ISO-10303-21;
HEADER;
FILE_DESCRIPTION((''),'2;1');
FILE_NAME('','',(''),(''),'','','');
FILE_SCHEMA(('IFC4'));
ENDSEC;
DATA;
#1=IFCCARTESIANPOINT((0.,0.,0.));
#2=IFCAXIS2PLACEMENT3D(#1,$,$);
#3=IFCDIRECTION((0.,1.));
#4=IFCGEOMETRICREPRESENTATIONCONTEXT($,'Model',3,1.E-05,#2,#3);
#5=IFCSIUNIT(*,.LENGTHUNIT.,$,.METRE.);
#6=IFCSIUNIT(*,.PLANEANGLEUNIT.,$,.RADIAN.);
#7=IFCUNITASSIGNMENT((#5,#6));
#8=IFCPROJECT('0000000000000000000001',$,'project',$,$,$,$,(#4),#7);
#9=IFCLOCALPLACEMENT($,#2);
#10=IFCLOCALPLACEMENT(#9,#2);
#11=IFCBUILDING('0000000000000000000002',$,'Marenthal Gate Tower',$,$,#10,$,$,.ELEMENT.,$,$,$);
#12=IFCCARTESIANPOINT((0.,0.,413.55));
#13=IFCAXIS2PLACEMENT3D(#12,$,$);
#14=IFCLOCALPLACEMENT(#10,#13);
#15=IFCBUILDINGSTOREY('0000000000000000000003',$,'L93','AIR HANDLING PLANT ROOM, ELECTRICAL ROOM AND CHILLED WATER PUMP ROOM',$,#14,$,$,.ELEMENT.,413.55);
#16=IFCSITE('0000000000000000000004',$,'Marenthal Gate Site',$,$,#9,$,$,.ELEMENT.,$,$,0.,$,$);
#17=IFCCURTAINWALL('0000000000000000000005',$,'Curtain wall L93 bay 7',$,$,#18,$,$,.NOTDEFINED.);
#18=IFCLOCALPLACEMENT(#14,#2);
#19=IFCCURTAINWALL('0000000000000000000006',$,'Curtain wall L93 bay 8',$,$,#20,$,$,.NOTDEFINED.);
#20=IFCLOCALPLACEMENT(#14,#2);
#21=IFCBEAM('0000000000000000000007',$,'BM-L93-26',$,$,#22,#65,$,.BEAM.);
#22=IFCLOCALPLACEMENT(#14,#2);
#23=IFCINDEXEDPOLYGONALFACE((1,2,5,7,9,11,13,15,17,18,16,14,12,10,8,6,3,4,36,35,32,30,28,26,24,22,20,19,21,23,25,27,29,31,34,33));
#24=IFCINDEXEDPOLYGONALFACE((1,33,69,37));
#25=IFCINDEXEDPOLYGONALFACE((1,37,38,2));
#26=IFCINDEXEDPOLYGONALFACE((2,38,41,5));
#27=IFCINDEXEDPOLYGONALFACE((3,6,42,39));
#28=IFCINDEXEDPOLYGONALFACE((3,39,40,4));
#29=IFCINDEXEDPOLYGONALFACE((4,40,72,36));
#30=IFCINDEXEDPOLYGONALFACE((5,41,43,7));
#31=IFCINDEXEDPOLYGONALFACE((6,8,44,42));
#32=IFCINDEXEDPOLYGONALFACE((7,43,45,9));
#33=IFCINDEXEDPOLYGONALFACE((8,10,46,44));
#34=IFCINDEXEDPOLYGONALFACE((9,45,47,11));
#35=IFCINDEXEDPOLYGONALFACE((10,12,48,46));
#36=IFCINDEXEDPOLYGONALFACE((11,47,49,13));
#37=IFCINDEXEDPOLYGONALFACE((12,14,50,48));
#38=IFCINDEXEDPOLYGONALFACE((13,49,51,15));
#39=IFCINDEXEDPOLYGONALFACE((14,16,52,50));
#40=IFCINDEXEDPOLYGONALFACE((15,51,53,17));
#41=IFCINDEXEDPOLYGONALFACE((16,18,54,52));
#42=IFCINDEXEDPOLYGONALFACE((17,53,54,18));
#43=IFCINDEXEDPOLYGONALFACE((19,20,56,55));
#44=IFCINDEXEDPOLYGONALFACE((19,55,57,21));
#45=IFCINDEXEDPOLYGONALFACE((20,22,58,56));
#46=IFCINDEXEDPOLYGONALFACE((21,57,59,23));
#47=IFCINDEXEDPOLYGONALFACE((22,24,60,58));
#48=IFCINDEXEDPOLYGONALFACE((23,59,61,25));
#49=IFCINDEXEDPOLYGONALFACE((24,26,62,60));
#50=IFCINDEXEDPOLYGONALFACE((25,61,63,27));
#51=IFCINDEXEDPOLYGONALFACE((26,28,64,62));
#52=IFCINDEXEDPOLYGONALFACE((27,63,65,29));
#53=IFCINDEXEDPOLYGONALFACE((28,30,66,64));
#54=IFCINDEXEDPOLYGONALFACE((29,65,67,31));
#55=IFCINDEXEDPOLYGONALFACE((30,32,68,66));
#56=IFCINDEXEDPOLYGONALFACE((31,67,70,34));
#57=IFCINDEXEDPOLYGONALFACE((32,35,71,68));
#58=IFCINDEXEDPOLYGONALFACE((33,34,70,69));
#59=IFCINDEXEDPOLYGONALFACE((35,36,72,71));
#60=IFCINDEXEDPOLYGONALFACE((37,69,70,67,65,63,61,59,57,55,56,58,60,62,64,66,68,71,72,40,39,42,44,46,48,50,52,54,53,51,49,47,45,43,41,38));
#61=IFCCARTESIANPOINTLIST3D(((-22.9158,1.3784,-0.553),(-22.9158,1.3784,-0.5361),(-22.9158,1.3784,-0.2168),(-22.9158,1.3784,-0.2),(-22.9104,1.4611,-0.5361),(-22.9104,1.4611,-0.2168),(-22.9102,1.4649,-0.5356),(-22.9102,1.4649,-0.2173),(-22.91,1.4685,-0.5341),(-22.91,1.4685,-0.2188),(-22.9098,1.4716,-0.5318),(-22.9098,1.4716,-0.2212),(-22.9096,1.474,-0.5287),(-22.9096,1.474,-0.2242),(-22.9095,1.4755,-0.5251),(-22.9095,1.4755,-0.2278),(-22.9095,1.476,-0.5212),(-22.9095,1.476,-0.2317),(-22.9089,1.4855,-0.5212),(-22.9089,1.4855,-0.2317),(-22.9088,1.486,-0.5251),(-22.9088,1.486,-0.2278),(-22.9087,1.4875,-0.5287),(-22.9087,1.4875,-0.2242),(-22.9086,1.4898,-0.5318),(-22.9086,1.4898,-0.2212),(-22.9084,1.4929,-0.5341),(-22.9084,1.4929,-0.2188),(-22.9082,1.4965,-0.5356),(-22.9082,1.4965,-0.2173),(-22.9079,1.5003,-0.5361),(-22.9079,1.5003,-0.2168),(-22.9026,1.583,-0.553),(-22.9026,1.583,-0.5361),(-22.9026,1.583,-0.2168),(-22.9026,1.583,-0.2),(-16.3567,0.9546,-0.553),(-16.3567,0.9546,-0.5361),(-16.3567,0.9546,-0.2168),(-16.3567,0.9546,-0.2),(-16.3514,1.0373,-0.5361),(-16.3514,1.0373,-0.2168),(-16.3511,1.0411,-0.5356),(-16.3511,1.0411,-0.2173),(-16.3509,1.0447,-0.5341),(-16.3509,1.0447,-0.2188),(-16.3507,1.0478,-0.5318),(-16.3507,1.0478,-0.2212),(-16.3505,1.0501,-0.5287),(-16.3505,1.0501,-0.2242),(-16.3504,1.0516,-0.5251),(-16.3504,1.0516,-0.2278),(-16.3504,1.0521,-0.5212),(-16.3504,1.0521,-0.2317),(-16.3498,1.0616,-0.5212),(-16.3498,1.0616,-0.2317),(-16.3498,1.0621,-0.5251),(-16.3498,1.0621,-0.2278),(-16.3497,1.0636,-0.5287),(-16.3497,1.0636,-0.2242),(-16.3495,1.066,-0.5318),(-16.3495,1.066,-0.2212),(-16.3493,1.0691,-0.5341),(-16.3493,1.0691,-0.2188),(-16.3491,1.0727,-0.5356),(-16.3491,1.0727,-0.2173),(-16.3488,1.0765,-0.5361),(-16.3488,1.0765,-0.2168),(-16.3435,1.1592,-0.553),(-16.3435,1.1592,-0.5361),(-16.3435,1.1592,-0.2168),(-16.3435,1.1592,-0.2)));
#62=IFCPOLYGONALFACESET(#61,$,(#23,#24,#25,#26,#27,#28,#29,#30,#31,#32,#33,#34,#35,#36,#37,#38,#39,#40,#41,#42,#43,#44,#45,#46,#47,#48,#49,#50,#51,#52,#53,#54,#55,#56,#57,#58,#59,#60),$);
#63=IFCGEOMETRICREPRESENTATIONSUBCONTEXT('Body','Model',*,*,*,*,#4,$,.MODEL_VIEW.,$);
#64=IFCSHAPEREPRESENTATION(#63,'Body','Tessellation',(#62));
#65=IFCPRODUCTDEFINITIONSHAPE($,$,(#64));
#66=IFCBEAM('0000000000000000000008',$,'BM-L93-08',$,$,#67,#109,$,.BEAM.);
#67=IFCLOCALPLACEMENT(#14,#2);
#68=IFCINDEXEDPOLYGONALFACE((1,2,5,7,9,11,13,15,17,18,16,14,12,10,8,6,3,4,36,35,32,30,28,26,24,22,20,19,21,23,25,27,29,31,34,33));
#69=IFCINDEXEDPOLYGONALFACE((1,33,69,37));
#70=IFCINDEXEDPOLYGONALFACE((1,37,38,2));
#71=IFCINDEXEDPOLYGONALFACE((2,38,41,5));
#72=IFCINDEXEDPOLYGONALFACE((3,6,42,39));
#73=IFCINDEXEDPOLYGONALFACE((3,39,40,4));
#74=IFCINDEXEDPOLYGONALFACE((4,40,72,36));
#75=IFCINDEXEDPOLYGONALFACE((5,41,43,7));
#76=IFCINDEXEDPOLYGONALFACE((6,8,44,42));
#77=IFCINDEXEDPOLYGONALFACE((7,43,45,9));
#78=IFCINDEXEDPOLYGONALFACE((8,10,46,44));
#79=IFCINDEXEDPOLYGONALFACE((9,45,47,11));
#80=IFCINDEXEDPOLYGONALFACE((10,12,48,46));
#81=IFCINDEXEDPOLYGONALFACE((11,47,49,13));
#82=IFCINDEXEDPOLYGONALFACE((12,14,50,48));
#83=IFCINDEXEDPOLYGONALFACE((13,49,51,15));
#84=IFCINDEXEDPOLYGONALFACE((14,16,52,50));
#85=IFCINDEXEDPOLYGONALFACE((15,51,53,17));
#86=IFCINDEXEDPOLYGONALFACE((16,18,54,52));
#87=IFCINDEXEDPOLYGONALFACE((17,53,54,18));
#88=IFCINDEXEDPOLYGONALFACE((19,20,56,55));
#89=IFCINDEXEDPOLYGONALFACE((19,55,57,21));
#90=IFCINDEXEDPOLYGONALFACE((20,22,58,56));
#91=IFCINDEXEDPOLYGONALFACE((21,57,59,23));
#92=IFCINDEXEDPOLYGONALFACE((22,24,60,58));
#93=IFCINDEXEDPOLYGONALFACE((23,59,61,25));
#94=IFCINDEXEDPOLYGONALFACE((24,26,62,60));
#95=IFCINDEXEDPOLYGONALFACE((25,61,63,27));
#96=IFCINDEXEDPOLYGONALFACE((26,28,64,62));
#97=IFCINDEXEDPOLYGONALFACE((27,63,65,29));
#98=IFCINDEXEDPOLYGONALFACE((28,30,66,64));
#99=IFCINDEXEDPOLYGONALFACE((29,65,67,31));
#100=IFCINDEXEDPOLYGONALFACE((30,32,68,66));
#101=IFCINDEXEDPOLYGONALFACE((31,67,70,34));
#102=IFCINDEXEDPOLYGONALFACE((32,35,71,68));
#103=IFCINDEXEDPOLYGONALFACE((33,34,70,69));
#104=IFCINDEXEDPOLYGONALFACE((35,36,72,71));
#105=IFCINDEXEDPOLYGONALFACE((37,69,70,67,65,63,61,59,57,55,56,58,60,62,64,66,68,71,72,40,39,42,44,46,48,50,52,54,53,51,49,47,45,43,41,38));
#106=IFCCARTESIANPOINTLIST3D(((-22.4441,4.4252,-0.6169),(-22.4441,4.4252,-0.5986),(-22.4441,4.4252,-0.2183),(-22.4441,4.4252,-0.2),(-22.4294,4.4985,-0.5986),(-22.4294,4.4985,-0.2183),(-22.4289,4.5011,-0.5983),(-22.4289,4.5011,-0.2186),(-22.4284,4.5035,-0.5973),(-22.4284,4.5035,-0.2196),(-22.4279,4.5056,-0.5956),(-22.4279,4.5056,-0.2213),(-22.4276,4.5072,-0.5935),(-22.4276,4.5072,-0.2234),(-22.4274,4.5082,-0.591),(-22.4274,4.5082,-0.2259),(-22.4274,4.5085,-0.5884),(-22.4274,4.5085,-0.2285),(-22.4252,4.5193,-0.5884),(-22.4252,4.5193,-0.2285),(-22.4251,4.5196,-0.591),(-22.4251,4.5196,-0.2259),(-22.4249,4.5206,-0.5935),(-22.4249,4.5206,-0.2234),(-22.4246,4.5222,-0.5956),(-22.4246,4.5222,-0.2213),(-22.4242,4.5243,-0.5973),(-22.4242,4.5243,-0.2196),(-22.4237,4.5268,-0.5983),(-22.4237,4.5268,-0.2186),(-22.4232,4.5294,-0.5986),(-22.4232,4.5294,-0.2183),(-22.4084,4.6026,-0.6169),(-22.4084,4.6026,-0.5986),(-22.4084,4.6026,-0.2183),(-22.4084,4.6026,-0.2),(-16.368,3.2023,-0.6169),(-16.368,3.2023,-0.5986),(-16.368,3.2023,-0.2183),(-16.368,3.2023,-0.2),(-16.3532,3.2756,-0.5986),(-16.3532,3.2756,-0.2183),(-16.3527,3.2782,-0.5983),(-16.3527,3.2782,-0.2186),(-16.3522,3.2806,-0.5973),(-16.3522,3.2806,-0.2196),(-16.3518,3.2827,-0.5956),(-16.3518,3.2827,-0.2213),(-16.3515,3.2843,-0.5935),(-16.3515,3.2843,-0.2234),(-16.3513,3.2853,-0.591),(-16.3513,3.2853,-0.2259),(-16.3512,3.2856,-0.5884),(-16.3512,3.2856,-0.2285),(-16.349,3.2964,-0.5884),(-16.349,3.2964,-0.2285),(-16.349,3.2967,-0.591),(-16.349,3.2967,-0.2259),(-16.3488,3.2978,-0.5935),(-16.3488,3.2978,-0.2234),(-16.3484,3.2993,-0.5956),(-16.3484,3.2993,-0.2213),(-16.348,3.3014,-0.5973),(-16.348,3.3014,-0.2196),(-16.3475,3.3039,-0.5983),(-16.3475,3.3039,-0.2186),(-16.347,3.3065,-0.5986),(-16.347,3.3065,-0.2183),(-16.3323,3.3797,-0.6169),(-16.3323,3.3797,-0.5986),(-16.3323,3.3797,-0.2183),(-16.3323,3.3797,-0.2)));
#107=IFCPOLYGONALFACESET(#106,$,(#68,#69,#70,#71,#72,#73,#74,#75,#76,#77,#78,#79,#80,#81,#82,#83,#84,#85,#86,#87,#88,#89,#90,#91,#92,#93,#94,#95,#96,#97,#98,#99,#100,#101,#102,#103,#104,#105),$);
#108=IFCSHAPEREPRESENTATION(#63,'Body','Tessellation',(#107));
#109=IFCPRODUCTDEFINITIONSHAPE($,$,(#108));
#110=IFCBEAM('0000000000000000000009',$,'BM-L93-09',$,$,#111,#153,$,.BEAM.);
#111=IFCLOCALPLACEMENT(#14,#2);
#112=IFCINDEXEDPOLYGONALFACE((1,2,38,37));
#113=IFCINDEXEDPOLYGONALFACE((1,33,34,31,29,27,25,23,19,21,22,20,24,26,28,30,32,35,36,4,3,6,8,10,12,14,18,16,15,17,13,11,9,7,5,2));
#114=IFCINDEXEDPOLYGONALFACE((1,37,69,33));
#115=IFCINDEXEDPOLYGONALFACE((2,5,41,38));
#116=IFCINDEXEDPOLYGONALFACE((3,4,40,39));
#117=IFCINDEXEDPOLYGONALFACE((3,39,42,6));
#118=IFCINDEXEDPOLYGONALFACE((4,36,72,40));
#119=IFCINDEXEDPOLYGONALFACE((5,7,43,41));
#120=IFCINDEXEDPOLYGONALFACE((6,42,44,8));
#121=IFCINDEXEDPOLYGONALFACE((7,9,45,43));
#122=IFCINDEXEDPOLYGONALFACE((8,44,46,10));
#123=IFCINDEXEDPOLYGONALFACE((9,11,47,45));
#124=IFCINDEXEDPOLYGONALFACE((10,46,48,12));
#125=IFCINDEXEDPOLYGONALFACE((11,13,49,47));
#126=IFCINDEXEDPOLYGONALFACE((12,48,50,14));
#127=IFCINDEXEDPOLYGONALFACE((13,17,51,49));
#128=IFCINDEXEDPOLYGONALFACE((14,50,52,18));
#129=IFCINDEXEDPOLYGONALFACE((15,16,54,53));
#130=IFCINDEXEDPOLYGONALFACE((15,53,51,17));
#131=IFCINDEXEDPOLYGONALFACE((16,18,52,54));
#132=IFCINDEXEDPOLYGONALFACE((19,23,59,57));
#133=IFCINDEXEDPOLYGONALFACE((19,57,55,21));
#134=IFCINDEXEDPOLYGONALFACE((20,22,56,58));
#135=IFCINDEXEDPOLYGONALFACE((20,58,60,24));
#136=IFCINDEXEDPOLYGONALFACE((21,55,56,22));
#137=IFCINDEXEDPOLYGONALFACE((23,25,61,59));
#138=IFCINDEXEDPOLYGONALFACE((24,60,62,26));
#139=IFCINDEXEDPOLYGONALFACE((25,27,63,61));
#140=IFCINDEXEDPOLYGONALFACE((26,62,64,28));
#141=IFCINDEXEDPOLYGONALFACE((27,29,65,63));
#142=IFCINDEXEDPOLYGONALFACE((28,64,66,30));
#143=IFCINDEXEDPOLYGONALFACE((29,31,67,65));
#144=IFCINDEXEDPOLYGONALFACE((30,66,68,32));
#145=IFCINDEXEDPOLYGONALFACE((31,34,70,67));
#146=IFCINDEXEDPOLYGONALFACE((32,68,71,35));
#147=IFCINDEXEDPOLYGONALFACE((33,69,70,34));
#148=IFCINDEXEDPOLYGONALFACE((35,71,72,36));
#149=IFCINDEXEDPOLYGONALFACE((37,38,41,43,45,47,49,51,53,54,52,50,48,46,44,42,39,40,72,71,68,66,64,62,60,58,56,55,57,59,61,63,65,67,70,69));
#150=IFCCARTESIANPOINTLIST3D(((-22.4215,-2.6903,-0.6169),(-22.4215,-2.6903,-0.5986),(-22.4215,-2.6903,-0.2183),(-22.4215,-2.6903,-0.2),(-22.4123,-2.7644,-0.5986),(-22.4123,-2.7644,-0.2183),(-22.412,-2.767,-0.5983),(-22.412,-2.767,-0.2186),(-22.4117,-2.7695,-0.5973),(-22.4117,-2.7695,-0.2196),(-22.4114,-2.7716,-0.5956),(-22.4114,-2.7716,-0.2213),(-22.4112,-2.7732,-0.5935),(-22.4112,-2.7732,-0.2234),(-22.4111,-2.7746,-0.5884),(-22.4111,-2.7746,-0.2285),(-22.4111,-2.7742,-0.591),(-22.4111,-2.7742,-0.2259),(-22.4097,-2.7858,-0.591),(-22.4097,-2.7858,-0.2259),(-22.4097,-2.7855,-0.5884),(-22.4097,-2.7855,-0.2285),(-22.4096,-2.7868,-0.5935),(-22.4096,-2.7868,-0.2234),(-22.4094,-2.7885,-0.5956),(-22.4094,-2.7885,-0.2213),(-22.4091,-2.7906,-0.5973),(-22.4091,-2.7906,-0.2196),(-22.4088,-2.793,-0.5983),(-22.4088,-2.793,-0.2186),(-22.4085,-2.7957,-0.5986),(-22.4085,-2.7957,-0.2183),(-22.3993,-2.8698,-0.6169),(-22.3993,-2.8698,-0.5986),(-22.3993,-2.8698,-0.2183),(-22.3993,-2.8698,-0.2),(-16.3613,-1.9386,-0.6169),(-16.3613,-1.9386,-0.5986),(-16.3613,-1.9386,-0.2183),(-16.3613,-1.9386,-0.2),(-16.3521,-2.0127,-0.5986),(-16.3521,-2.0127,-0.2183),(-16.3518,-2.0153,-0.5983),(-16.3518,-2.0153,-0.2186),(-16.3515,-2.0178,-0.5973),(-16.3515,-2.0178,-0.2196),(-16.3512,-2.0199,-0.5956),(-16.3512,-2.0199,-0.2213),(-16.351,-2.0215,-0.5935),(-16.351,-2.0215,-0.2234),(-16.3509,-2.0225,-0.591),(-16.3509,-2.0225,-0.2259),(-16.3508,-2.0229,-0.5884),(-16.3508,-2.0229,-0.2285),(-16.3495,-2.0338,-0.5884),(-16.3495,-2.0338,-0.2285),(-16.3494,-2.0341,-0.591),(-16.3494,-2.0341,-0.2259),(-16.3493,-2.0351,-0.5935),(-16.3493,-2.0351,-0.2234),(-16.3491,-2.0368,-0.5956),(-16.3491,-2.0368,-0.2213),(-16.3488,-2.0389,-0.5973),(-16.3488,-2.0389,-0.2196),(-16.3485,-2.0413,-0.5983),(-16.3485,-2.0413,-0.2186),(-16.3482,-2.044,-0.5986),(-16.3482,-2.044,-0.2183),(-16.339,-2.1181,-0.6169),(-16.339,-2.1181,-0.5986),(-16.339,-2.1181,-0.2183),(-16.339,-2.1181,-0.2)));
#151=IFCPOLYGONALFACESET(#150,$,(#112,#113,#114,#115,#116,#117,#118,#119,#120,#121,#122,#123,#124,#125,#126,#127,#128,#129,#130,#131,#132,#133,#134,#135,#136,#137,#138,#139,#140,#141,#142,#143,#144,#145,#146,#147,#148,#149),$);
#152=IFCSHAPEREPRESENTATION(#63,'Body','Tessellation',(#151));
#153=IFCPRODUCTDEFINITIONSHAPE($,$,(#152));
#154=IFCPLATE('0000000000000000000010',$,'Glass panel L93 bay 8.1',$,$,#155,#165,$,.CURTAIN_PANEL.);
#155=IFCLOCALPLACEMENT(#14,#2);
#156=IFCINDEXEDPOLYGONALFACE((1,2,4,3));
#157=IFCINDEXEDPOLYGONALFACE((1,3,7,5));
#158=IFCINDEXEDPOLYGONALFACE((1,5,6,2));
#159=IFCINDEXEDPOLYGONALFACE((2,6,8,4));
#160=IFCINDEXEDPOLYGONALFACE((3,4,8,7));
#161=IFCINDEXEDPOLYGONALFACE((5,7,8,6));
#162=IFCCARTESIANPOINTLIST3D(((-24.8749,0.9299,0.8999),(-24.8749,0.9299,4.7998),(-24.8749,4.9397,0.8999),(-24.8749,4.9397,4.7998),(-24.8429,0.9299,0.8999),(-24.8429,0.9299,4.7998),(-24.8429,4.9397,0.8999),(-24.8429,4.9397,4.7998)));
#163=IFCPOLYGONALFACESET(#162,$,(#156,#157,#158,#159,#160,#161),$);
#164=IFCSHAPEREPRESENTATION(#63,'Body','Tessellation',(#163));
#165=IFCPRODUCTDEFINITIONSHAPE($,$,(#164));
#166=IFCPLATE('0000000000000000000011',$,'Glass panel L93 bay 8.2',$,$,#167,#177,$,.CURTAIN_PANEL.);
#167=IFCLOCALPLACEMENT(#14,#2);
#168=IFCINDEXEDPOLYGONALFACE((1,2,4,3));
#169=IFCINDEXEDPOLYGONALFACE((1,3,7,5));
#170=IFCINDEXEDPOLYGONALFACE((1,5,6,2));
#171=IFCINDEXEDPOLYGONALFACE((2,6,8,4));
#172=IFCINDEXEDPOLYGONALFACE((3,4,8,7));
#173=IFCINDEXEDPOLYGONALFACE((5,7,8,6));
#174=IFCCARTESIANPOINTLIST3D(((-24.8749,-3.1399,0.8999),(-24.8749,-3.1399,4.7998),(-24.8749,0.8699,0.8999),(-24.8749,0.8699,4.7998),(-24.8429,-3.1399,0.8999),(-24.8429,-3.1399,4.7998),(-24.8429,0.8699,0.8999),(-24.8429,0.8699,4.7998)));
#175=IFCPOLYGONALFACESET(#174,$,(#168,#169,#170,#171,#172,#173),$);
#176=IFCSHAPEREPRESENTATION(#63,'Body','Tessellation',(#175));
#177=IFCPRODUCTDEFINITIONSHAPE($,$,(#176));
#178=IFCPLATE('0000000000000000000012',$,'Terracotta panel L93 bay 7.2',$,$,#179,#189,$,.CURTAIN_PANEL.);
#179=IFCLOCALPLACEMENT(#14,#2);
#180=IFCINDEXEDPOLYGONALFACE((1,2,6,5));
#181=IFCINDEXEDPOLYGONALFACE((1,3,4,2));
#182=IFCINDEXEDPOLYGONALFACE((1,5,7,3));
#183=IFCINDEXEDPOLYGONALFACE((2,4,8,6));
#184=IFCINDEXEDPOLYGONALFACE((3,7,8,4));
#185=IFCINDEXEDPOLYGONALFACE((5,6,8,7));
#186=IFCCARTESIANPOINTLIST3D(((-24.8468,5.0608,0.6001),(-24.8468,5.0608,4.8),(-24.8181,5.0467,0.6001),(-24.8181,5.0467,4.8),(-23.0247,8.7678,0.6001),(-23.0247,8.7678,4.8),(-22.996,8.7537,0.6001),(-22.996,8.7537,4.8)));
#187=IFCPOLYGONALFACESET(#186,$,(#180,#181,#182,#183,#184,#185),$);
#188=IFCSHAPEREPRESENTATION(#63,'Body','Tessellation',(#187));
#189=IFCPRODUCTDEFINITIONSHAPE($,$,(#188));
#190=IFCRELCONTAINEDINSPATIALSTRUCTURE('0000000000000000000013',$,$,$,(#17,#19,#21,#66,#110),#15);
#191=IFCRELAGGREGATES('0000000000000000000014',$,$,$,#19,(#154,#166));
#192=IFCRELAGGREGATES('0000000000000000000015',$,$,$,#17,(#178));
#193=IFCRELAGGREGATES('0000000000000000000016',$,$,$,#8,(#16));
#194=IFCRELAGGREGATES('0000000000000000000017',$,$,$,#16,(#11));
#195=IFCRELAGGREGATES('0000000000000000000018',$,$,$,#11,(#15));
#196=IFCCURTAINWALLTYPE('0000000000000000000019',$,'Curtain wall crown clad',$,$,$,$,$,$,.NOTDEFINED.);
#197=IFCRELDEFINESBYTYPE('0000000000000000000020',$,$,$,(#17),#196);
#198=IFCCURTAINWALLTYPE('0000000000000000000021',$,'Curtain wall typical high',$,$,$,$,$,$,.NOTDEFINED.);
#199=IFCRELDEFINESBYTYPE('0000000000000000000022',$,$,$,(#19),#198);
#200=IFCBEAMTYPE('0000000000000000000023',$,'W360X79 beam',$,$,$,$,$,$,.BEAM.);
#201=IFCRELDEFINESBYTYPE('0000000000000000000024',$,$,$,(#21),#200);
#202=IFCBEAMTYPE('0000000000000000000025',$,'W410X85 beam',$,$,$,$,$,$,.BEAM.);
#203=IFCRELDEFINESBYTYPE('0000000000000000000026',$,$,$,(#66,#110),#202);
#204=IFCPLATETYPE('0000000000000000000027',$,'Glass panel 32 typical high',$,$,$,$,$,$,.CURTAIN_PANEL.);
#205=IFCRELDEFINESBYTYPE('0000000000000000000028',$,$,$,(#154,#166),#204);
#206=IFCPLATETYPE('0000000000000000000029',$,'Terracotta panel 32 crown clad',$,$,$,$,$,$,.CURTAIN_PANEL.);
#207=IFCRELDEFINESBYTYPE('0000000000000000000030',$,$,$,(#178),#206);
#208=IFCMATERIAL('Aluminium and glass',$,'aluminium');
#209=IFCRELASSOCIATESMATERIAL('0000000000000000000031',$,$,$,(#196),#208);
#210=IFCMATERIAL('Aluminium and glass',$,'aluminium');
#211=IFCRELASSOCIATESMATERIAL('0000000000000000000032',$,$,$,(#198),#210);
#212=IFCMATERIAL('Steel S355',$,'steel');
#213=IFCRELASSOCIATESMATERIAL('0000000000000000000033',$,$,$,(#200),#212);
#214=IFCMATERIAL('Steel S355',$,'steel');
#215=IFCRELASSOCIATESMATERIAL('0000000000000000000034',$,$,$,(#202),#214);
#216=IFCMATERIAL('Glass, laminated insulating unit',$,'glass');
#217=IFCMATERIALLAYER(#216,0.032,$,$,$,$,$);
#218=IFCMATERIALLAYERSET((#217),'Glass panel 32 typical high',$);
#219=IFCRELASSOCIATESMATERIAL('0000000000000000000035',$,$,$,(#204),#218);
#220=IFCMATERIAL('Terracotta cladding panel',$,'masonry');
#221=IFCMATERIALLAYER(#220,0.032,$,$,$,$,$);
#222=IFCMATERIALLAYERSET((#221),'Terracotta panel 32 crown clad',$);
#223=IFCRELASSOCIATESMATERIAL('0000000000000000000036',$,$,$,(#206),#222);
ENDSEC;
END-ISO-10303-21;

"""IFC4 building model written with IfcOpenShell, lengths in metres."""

from ifc_helpers import new_model, si_unit, direction, frame, origin, origin_2d, place, context, subcontext, project, spatial, rectangle, i_section, extrude, material, layer, layer_set, material_profile, profile_set, type_object, element, aggregate, save


model = new_model("IFC4")

# Units and contexts
model_context = context("Model", 3, precision=1e-05, world=origin(), true_north=direction((0.0, 1.0)))
body_context = subcontext(model_context, "Body", "Model", "MODEL_VIEW")
ifc_project = project(units=[si_unit("LENGTHUNIT", "METRE"), si_unit("PLANEANGLEUNIT", "RADIAN")], contexts=[model_context])

# Site, building, storey
site_placement = place(None, origin())
site = spatial("IfcSite", under=ifc_project, at=site_placement, Name="Marenthal Gate Site", CompositionType="ELEMENT", RefElevation=0.0)
building_placement = place(site_placement, origin())
building = spatial("IfcBuilding", under=site, at=building_placement, Name="Marenthal Gate Tower", CompositionType="ELEMENT")
storey_placement = place(building_placement, frame((0.0, 0.0, 413.55)))
storey = spatial("IfcBuildingStorey", under=building, at=storey_placement, Name="L93", Description="AIR HANDLING PLANT ROOM, ELECTRICAL ROOM AND CHILLED WATER PUMP ROOM", CompositionType="ELEMENT", Elevation=413.55)

# Curtain walls
ifc_material_1 = material(Name="Aluminium and glass", Category="aluminium")
curtain_wall_type_1 = type_object("IfcCurtainWallType", Name="Curtain wall crown clad", PredefinedType="NOTDEFINED", material=ifc_material_1)
curtain_wall_1_placement = place(storey_placement, origin())
curtain_wall_1 = element("IfcCurtainWall", 1, at=curtain_wall_1_placement, inside=storey, type_object=curtain_wall_type_1, Name="Curtain wall L93 bay 7", PredefinedType="NOTDEFINED")
ifc_material_2 = material(Name="Aluminium and glass", Category="aluminium")
curtain_wall_type_2 = type_object("IfcCurtainWallType", Name="Curtain wall typical high", PredefinedType="NOTDEFINED", material=ifc_material_2)
curtain_wall_2_placement = place(storey_placement, origin())
curtain_wall_2 = element("IfcCurtainWall", 2, at=curtain_wall_2_placement, inside=storey, type_object=curtain_wall_type_2, Name="Curtain wall L93 bay 8", PredefinedType="NOTDEFINED")

# Beams
ifc_material_3 = material(Name="Steel S355", Category="steel")
ifc_material_profile_1 = material_profile(ifc_material_3, i_section(OverallWidth=0.2051, OverallDepth=0.353, WebThickness=0.0095, FlangeThickness=0.0168, FilletRadius=0.0149, at=origin_2d()), Name="W360X79")
ifc_profile_set_1 = profile_set([ifc_material_profile_1], Name="Steel S355")
beam_type_1 = type_object("IfcBeamType", Name="W360X79 beam", PredefinedType="BEAM", material=ifc_profile_set_1)
beam_1_placement = place(storey_placement, frame((-22.9092, 1.4807, -0.3765), z_axis=(0.997919, -0.064483, 0.0), x_axis=(0.064483, 0.997919, 0.0)))
element("IfcBeam", 3, at=beam_1_placement, inside=storey, type_object=beam_type_1, Name="BM-L93-26", PredefinedType="BEAM", context=body_context, shape_type="SweptSolid", body=[
    extrude(i_section(OverallWidth=0.2051, OverallDepth=0.353, WebThickness=0.0095, FlangeThickness=0.0168, FilletRadius=0.0149, at=origin_2d()), origin(), (0.0, 0.0, 1.0), 6.5728),
])
ifc_material_4 = material(Name="Steel S355", Category="steel")
ifc_material_profile_2 = material_profile(ifc_material_4, i_section(OverallWidth=0.1809, OverallDepth=0.417, WebThickness=0.011, FlangeThickness=0.0183, FilletRadius=0.0103, at=origin_2d()), Name="W410X85")
ifc_profile_set_2 = profile_set([ifc_material_profile_2], Name="Steel S355")
beam_type_2 = type_object("IfcBeamType", Name="W410X85 beam", PredefinedType="BEAM", material=ifc_profile_set_2)
beam_2_placement = place(storey_placement, frame((-22.4263, 4.5139, -0.4084), z_axis=(0.980342, -0.197305, 0.0), x_axis=(0.197305, 0.980342, 0.0)))
element("IfcBeam", 4, at=beam_2_placement, inside=storey, type_object=beam_type_2, Name="BM-L93-08", PredefinedType="BEAM", context=body_context, shape_type="SweptSolid", body=[
    extrude(i_section(OverallWidth=0.1809, OverallDepth=0.417, WebThickness=0.011, FlangeThickness=0.0183, FilletRadius=0.0103, at=origin_2d()), origin(), (0.0, 0.0, 1.0), 6.198),
])
beam_3_placement = place(storey_placement, frame((-22.4104, -2.78, -0.4084), z_axis=(0.992395, 0.123095, 0.0), x_axis=(-0.123095, 0.992395, 0.0)))
element("IfcBeam", 5, at=beam_3_placement, inside=storey, type_object=beam_type_2, Name="BM-L93-09", PredefinedType="BEAM", context=body_context, shape_type="SweptSolid", body=[
    extrude(i_section(OverallWidth=0.1809, OverallDepth=0.417, WebThickness=0.011, FlangeThickness=0.0183, FilletRadius=0.0103, at=origin_2d()), origin(), (0.0, 0.0, 1.0), 6.1067),
])

# Plates
ifc_material_5 = material(Name="Glass, laminated insulating unit", Category="glass")
ifc_layer_1 = layer(ifc_material_5, 0.032)
ifc_layer_set_1 = layer_set([ifc_layer_1], Name="Glass panel 32 typical high")
plate_type_1 = type_object("IfcPlateType", Name="Glass panel 32 typical high", PredefinedType="CURTAIN_PANEL", material=ifc_layer_set_1)
plate_1_placement = place(storey_placement, frame((-24.8589, 2.9348, 0.8999), z_axis=(0.0, 0.0, 1.0), x_axis=(0.0, -1.0, 0.0)))
plate_1 = element("IfcPlate", 6, at=plate_1_placement, type_object=plate_type_1, Name="Glass panel L93 bay 8.1", PredefinedType="CURTAIN_PANEL", context=body_context, shape_type="SweptSolid", body=[
    extrude(rectangle(XDim=4.0098, YDim=0.032, at=origin_2d()), origin(), (0.0, 0.0, 1.0), 3.8999),
])
plate_2_placement = place(storey_placement, frame((-24.8589, -1.135, 0.8999), z_axis=(0.0, 0.0, 1.0), x_axis=(0.0, -1.0, 0.0)))
plate_2 = element("IfcPlate", 7, at=plate_2_placement, type_object=plate_type_1, Name="Glass panel L93 bay 8.2", PredefinedType="CURTAIN_PANEL", context=body_context, shape_type="SweptSolid", body=[
    extrude(rectangle(XDim=4.0098, YDim=0.032, at=origin_2d()), origin(), (0.0, 0.0, 1.0), 3.8999),
])
aggregate(curtain_wall_2, [plate_1, plate_2])
ifc_material_6 = material(Name="Terracotta cladding panel", Category="masonry")
ifc_layer_2 = layer(ifc_material_6, 0.032)
ifc_layer_set_2 = layer_set([ifc_layer_2], Name="Terracotta panel 32 crown clad")
plate_type_2 = type_object("IfcPlateType", Name="Terracotta panel 32 crown clad", PredefinedType="CURTAIN_PANEL", material=ifc_layer_set_2)
plate_3_placement = place(storey_placement, frame((-23.9214, 6.9072, 0.6001), z_axis=(0.0, 0.0, 1.0), x_axis=(-0.441124, -0.897446, 0.0)))
plate_3 = element("IfcPlate", 8, at=plate_3_placement, type_object=plate_type_2, Name="Terracotta panel L93 bay 7.2", PredefinedType="CURTAIN_PANEL", context=body_context, shape_type="SweptSolid", body=[
    extrude(rectangle(XDim=4.1306, YDim=0.032, at=origin_2d()), origin(), (0.0, 0.0, 1.0), 4.2),
])
aggregate(curtain_wall_1, [plate_3])

save(model, "model.ifc")
